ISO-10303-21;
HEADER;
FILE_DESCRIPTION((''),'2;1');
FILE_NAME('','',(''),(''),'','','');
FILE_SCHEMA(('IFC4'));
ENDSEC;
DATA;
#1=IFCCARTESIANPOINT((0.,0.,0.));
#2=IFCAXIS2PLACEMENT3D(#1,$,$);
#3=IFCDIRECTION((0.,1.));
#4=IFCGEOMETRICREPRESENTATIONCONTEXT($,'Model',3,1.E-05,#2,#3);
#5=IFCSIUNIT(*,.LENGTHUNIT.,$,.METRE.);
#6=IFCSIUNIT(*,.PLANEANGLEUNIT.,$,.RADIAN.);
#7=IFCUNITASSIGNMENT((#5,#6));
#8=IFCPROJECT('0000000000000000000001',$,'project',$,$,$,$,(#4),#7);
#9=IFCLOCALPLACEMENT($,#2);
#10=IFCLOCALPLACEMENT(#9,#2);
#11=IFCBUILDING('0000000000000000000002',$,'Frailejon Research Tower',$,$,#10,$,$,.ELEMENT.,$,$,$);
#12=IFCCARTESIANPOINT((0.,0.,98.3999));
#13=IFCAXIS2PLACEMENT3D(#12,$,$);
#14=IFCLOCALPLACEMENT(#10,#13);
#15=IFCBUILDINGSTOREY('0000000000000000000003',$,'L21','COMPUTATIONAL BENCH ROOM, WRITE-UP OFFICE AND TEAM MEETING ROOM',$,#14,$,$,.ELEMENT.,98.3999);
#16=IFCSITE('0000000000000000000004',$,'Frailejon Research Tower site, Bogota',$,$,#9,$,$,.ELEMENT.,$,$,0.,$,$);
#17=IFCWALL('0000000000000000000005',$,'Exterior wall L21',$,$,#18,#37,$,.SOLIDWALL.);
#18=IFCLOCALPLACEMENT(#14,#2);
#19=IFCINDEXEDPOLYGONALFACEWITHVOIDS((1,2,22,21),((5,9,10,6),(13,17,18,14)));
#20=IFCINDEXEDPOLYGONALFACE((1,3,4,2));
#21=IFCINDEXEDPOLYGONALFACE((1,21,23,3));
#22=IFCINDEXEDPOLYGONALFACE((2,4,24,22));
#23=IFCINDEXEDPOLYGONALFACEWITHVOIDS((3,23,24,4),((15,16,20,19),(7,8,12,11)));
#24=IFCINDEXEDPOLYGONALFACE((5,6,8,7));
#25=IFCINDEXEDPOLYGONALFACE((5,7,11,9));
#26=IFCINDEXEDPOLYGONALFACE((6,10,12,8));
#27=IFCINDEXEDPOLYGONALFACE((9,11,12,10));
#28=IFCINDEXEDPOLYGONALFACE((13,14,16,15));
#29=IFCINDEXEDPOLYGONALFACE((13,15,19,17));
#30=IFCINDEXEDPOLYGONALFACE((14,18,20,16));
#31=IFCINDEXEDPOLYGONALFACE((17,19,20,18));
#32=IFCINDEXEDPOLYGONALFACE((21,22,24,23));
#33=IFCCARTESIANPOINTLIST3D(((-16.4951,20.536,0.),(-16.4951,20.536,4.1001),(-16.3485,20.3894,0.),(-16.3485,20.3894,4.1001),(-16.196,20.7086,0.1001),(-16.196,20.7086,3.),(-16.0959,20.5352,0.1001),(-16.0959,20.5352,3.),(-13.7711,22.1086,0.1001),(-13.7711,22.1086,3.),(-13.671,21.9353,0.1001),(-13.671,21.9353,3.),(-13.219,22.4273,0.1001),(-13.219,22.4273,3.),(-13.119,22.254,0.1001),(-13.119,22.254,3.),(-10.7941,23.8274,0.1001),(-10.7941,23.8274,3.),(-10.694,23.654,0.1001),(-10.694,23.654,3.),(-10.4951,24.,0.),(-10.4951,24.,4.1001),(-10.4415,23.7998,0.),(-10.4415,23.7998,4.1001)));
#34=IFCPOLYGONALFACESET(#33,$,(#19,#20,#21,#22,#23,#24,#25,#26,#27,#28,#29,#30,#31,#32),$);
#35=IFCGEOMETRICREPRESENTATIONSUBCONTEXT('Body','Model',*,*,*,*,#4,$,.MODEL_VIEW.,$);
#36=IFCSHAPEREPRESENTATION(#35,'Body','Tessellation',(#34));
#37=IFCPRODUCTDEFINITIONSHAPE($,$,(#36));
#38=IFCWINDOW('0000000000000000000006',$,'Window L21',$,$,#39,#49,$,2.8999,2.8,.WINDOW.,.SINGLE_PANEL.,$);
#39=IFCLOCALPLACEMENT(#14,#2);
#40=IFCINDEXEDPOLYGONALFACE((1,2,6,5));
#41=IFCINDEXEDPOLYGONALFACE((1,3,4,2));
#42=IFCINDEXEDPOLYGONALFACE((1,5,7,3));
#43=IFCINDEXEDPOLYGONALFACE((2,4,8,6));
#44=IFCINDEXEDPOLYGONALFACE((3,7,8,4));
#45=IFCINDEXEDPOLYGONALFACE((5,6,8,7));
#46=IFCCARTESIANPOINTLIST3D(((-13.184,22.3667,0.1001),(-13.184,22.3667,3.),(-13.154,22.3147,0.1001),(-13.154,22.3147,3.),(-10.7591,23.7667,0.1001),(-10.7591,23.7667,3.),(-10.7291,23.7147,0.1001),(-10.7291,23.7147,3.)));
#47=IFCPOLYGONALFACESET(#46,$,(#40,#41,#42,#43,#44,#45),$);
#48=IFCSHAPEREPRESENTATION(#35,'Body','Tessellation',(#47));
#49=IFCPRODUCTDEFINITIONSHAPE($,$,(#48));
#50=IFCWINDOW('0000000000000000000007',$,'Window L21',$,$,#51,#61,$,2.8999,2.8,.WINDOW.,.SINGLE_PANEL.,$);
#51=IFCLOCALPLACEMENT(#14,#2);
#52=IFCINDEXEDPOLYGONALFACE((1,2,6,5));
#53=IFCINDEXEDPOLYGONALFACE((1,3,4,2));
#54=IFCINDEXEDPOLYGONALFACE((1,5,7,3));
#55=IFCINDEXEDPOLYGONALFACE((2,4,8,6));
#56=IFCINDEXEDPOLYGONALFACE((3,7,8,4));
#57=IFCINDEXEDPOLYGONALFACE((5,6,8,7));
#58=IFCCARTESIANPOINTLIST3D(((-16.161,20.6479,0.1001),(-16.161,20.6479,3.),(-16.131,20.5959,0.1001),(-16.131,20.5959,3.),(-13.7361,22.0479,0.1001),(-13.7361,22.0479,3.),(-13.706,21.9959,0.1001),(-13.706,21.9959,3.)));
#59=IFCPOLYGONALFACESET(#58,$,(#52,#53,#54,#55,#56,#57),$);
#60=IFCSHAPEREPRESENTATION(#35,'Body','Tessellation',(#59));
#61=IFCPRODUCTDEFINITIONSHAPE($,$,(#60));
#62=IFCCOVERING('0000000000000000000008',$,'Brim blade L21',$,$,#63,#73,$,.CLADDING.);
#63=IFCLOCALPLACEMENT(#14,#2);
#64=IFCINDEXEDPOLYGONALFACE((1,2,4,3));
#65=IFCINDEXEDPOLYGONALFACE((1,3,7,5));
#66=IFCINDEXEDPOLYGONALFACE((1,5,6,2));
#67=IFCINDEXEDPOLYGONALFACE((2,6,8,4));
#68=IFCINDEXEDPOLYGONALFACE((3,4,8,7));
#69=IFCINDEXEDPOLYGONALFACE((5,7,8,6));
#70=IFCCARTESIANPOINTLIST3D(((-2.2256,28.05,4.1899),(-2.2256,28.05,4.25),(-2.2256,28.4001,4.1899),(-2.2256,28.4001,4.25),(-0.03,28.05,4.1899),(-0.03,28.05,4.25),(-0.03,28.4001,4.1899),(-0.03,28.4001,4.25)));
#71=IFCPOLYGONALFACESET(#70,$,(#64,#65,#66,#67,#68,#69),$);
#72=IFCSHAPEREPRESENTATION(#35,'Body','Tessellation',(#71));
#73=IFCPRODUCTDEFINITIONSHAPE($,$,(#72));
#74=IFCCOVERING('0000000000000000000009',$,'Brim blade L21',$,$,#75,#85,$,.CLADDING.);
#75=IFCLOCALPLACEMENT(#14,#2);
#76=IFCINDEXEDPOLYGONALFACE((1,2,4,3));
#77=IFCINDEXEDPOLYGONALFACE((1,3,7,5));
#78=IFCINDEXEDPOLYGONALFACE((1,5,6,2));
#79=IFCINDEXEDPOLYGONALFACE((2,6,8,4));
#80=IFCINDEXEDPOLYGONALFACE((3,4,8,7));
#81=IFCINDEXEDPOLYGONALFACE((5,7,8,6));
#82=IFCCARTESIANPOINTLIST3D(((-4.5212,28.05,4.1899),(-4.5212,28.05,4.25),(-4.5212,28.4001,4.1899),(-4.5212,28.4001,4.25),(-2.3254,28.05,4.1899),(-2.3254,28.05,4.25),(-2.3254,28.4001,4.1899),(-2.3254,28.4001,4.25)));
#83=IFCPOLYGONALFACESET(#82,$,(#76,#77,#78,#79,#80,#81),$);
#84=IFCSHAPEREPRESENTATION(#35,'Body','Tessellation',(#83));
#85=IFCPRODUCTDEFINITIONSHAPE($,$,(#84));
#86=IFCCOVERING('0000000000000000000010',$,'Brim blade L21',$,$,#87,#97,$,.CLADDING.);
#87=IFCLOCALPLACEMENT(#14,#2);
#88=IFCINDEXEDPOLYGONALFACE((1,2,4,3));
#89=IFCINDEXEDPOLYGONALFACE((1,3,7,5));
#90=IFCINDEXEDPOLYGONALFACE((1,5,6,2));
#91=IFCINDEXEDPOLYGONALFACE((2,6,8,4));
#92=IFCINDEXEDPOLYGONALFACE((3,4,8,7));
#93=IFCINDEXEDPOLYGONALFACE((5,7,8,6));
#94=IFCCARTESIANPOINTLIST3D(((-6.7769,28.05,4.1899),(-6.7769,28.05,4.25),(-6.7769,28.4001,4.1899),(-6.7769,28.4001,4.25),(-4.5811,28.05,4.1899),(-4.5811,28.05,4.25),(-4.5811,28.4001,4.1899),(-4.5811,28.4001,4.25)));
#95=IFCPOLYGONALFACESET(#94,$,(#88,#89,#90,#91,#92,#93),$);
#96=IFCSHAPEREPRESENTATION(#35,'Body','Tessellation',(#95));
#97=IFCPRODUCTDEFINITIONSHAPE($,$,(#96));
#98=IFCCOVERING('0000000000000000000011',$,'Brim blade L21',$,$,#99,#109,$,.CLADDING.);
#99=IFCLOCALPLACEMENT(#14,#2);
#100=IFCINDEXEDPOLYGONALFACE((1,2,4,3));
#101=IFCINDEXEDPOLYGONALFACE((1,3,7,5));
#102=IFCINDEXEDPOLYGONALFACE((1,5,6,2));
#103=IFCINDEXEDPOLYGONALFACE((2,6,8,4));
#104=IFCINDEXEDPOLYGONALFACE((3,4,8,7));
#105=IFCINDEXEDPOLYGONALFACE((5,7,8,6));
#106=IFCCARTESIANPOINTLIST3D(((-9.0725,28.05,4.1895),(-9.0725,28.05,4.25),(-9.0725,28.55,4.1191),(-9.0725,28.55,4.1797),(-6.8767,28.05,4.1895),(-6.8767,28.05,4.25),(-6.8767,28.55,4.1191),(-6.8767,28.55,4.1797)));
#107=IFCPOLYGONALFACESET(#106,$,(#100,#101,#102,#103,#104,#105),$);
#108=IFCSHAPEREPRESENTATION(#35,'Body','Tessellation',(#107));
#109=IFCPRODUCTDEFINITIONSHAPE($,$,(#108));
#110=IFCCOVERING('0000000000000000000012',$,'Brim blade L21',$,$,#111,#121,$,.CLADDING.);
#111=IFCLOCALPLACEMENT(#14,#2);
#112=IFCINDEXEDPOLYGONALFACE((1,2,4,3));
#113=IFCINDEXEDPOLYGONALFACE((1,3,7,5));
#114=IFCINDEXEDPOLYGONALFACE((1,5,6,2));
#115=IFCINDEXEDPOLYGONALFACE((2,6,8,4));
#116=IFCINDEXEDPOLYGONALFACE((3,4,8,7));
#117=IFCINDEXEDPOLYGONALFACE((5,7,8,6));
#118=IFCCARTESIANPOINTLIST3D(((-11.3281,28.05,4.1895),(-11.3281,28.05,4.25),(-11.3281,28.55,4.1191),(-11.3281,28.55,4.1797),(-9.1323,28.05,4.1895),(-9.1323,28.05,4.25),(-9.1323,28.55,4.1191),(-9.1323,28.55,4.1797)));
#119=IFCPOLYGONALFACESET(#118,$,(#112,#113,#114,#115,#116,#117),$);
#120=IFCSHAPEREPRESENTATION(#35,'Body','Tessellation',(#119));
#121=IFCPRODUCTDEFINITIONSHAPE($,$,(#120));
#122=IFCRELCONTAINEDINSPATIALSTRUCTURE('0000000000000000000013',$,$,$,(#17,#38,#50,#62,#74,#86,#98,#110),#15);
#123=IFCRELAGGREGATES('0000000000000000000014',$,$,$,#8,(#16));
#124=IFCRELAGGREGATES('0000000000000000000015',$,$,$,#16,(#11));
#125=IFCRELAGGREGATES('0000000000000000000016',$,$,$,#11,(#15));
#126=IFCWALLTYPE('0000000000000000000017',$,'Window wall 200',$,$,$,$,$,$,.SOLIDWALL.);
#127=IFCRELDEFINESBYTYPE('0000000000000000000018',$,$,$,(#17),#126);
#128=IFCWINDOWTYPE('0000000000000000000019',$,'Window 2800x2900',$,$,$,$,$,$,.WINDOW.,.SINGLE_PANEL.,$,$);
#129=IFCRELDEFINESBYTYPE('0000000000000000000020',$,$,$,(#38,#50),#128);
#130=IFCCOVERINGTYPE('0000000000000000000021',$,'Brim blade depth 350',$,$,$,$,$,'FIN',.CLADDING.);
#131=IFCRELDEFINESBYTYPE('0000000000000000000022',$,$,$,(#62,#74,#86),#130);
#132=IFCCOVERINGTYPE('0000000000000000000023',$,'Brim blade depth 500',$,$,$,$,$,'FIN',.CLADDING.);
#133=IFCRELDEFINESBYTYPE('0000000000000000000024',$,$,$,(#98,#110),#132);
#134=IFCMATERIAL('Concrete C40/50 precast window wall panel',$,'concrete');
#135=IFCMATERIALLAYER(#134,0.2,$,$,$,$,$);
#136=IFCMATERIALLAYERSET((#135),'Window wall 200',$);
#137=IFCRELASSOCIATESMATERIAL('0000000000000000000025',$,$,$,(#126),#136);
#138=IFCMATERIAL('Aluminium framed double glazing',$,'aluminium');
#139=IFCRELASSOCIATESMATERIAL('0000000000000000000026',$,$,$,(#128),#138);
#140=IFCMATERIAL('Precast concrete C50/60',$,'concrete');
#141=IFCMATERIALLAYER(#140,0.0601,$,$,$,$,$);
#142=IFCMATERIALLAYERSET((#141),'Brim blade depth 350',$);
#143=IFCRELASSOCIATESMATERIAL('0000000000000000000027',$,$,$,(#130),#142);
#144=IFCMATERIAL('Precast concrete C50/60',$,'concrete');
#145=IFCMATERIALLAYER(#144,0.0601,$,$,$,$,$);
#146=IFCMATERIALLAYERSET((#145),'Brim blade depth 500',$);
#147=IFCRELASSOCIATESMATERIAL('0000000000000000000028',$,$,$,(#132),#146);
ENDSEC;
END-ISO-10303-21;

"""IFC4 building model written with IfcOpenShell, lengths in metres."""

from ifc_helpers import new_model, si_unit, direction, frame, frame_2d, origin, place, context, subcontext, project, spatial, polyline, rectangle, outline, extrude, material, layer, layer_set, type_object, element, fill, save


model = new_model("IFC4")

# Units and contexts
model_context = context("Model", 3, precision=1e-05, world=origin(), true_north=direction((0.0, 1.0)))
body_context = subcontext(model_context, "Body", "Model", "MODEL_VIEW")
ifc_project = project(units=[si_unit("LENGTHUNIT", "METRE"), si_unit("PLANEANGLEUNIT", "RADIAN")], contexts=[model_context])

# Site, building, storey
site_placement = place(None, origin())
site = spatial("IfcSite", under=ifc_project, at=site_placement, Name="Frailejon Research Tower site, Bogota", CompositionType="ELEMENT", RefElevation=0.0)
building_placement = place(site_placement, origin())
building = spatial("IfcBuilding", under=site, at=building_placement, Name="Frailejon Research Tower", CompositionType="ELEMENT")
storey_placement = place(building_placement, frame((0.0, 0.0, 98.3999)))
storey = spatial("IfcBuildingStorey", under=building, at=storey_placement, Name="L21", Description="COMPUTATIONAL BENCH ROOM, WRITE-UP OFFICE AND TEAM MEETING ROOM", CompositionType="ELEMENT", Elevation=98.3999)

# Wall, openings, windows
ifc_material_1 = material(Name="Concrete C40/50 precast window wall panel", Category="concrete")
ifc_layer_1 = layer(ifc_material_1, 0.2)
ifc_layer_set_1 = layer_set([ifc_layer_1], Name="Window wall 200")
wall_type_1 = type_object("IfcWallType", Name="Window wall 200", PredefinedType="SOLIDWALL", material=ifc_layer_set_1)
wall_1_placement = place(storey_placement, frame((-10.4683, 23.8999, 0.0), z_axis=(0.0, 0.0, 1.0), x_axis=(-0.866029, -0.499993, 0.0)))
wall_1 = element("IfcWall", 1, at=wall_1_placement, inside=storey, type_object=wall_type_1, Name="Exterior wall L21", PredefinedType="SOLIDWALL", context=body_context, shape_type="SweptSolid", body=[
    extrude(outline(polyline([(-0.0269, -0.1001), (1.1279, -0.1001), (2.2825, -0.1001), (3.4373, -0.1001), (4.592, -0.1001), (5.7466, -0.1001), (6.9014, -0.1001), (6.8477, 0.1001), (5.7109, 0.1001), (4.574, 0.1001), (3.4373, 0.1001), (2.3005, 0.1001), (1.1636, 0.1001), (0.0269, 0.1001), (-0.0269, -0.1001)])), origin(), (0.0, 0.0, 1.0), 4.1001),
])
opening_1_placement = place(wall_1_placement, frame((0.3186, 0.0, 0.1001)))
opening_1 = element("IfcOpeningElement", 2, at=opening_1_placement, cuts=wall_1, PredefinedType="OPENING", context=body_context, shape_type="SweptSolid", body=[
    extrude(rectangle(XDim=2.8, YDim=2.8999, at=frame_2d((1.3999, 1.45))), frame((0.0, 0.1099, 0.0), z_axis=(0.0, -1.0, 0.0), x_axis=(1.0, 0.0, 0.0)), (0.0, 0.0, 1.0), 0.22),
])
opening_2_placement = place(wall_1_placement, frame((3.7561, 0.0, 0.1001)))
opening_2 = element("IfcOpeningElement", 3, at=opening_2_placement, cuts=wall_1, PredefinedType="OPENING", context=body_context, shape_type="SweptSolid", body=[
    extrude(rectangle(XDim=2.8, YDim=2.8999, at=frame_2d((1.3999, 1.45))), frame((0.0, 0.1099, 0.0), z_axis=(0.0, -1.0, 0.0), x_axis=(1.0, 0.0, 0.0)), (0.0, 0.0, 1.0), 0.22),
])
ifc_material_2 = material(Name="Aluminium framed double glazing", Category="aluminium")
window_type = type_object("IfcWindowType", Name="Window 2800x2900", PartitioningType="SINGLE_PANEL", PredefinedType="WINDOW", material=ifc_material_2)
window_1_placement = place(opening_1_placement, origin())
window_1 = element("IfcWindow", 4, at=window_1_placement, inside=storey, type_object=window_type, Name="Window L21", OverallHeight=2.8999, OverallWidth=2.8, PartitioningType="SINGLE_PANEL", PredefinedType="WINDOW", context=body_context, shape_type="SweptSolid", body=[
    extrude(rectangle(XDim=2.8, YDim=2.8999, at=frame_2d((1.3999, 1.45))), frame((0.0, 0.03, 0.0), z_axis=(0.0, -1.0, 0.0), x_axis=(1.0, 0.0, 0.0)), (0.0, 0.0, 1.0), 0.0601),
])
fill(opening_1, window_1)
window_2_placement = place(opening_2_placement, origin())
window_2 = element("IfcWindow", 5, at=window_2_placement, inside=storey, type_object=window_type, Name="Window L21", OverallHeight=2.8999, OverallWidth=2.8, PartitioningType="SINGLE_PANEL", PredefinedType="WINDOW", context=body_context, shape_type="SweptSolid", body=[
    extrude(rectangle(XDim=2.8, YDim=2.8999, at=frame_2d((1.3999, 1.45))), frame((0.0, 0.03, 0.0), z_axis=(0.0, -1.0, 0.0), x_axis=(1.0, 0.0, 0.0)), (0.0, 0.0, 1.0), 0.0601),
])
fill(opening_2, window_2)

# Coverings
ifc_material_3 = material(Name="Precast concrete C50/60", Category="concrete")
ifc_layer_2 = layer(ifc_material_3, 0.0601)
ifc_layer_set_2 = layer_set([ifc_layer_2], Name="Brim blade depth 350")
covering_type_1 = type_object("IfcCoveringType", Name="Brim blade depth 350", ElementType="FIN", PredefinedType="CLADDING", material=ifc_layer_set_2)
covering_placement = place(storey_placement, frame((-2.2256, 28.05, 4.25), z_axis=(1.0, 0.0, 0.0), x_axis=(0.0, 1.0, 0.0)))
element("IfcCovering", 6, at=covering_placement, inside=storey, type_object=covering_type_1, Name="Brim blade L21", PredefinedType="CLADDING", context=body_context, shape_type="SweptSolid", body=[
    extrude(outline(polyline([(0.0, -0.0601), (0.3501, -0.0601), (0.3501, 0.0), (0.0, 0.0), (0.0, -0.0601)])), origin(), (0.0, 0.0, 1.0), 2.1956),
])
for number, where, z_axis, x_axis, name in (
    (7, (-4.5212, 28.05, 4.25), (1.0, 0.0, 0.0), (0.0, 1.0, 0.0), "Brim blade L21"),
    (8, (-6.7769, 28.05, 4.25), (1.0, 0.0, 0.0), (0.0, 1.0, 0.0), "Brim blade L21"),
):
    element("IfcCovering", number, at=place(storey_placement, frame(where, z_axis=z_axis, x_axis=x_axis)), inside=storey, type_object=covering_type_1, Name=name, PredefinedType="CLADDING", context=body_context, shape_type="SweptSolid", body=[
        extrude(outline(polyline([(0.0, -0.0601), (0.3501, -0.0601), (0.3501, 0.0), (0.0, 0.0), (0.0, -0.0601)])), origin(), (0.0, 0.0, 1.0), 2.1958),
    ])
ifc_material_4 = material(Name="Precast concrete C50/60", Category="concrete")
ifc_layer_3 = layer(ifc_material_4, 0.0601)
ifc_layer_set_3 = layer_set([ifc_layer_3], Name="Brim blade depth 500")
covering_type_2 = type_object("IfcCoveringType", Name="Brim blade depth 500", ElementType="FIN", PredefinedType="CLADDING", material=ifc_layer_set_3)
for number, where, z_axis, x_axis, name in (
    (9, (-9.0725, 28.05, 4.25), (1.0, 0.0, 0.0), (0.0, 1.0, 0.0), "Brim blade L21"),
    (10, (-11.3281, 28.05, 4.25), (1.0, 0.0, 0.0), (0.0, 1.0, 0.0), "Brim blade L21"),
):
    element("IfcCovering", number, at=place(storey_placement, frame(where, z_axis=z_axis, x_axis=x_axis)), inside=storey, type_object=covering_type_2, Name=name, PredefinedType="CLADDING", context=body_context, shape_type="SweptSolid", body=[
        extrude(outline(polyline([(0.0, -0.0605), (0.5, -0.1309), (0.5, -0.0703), (0.0, 0.0), (0.0, -0.0605)])), origin(), (0.0, 0.0, 1.0), 2.1958),
    ])

save(model, "model.ifc")
